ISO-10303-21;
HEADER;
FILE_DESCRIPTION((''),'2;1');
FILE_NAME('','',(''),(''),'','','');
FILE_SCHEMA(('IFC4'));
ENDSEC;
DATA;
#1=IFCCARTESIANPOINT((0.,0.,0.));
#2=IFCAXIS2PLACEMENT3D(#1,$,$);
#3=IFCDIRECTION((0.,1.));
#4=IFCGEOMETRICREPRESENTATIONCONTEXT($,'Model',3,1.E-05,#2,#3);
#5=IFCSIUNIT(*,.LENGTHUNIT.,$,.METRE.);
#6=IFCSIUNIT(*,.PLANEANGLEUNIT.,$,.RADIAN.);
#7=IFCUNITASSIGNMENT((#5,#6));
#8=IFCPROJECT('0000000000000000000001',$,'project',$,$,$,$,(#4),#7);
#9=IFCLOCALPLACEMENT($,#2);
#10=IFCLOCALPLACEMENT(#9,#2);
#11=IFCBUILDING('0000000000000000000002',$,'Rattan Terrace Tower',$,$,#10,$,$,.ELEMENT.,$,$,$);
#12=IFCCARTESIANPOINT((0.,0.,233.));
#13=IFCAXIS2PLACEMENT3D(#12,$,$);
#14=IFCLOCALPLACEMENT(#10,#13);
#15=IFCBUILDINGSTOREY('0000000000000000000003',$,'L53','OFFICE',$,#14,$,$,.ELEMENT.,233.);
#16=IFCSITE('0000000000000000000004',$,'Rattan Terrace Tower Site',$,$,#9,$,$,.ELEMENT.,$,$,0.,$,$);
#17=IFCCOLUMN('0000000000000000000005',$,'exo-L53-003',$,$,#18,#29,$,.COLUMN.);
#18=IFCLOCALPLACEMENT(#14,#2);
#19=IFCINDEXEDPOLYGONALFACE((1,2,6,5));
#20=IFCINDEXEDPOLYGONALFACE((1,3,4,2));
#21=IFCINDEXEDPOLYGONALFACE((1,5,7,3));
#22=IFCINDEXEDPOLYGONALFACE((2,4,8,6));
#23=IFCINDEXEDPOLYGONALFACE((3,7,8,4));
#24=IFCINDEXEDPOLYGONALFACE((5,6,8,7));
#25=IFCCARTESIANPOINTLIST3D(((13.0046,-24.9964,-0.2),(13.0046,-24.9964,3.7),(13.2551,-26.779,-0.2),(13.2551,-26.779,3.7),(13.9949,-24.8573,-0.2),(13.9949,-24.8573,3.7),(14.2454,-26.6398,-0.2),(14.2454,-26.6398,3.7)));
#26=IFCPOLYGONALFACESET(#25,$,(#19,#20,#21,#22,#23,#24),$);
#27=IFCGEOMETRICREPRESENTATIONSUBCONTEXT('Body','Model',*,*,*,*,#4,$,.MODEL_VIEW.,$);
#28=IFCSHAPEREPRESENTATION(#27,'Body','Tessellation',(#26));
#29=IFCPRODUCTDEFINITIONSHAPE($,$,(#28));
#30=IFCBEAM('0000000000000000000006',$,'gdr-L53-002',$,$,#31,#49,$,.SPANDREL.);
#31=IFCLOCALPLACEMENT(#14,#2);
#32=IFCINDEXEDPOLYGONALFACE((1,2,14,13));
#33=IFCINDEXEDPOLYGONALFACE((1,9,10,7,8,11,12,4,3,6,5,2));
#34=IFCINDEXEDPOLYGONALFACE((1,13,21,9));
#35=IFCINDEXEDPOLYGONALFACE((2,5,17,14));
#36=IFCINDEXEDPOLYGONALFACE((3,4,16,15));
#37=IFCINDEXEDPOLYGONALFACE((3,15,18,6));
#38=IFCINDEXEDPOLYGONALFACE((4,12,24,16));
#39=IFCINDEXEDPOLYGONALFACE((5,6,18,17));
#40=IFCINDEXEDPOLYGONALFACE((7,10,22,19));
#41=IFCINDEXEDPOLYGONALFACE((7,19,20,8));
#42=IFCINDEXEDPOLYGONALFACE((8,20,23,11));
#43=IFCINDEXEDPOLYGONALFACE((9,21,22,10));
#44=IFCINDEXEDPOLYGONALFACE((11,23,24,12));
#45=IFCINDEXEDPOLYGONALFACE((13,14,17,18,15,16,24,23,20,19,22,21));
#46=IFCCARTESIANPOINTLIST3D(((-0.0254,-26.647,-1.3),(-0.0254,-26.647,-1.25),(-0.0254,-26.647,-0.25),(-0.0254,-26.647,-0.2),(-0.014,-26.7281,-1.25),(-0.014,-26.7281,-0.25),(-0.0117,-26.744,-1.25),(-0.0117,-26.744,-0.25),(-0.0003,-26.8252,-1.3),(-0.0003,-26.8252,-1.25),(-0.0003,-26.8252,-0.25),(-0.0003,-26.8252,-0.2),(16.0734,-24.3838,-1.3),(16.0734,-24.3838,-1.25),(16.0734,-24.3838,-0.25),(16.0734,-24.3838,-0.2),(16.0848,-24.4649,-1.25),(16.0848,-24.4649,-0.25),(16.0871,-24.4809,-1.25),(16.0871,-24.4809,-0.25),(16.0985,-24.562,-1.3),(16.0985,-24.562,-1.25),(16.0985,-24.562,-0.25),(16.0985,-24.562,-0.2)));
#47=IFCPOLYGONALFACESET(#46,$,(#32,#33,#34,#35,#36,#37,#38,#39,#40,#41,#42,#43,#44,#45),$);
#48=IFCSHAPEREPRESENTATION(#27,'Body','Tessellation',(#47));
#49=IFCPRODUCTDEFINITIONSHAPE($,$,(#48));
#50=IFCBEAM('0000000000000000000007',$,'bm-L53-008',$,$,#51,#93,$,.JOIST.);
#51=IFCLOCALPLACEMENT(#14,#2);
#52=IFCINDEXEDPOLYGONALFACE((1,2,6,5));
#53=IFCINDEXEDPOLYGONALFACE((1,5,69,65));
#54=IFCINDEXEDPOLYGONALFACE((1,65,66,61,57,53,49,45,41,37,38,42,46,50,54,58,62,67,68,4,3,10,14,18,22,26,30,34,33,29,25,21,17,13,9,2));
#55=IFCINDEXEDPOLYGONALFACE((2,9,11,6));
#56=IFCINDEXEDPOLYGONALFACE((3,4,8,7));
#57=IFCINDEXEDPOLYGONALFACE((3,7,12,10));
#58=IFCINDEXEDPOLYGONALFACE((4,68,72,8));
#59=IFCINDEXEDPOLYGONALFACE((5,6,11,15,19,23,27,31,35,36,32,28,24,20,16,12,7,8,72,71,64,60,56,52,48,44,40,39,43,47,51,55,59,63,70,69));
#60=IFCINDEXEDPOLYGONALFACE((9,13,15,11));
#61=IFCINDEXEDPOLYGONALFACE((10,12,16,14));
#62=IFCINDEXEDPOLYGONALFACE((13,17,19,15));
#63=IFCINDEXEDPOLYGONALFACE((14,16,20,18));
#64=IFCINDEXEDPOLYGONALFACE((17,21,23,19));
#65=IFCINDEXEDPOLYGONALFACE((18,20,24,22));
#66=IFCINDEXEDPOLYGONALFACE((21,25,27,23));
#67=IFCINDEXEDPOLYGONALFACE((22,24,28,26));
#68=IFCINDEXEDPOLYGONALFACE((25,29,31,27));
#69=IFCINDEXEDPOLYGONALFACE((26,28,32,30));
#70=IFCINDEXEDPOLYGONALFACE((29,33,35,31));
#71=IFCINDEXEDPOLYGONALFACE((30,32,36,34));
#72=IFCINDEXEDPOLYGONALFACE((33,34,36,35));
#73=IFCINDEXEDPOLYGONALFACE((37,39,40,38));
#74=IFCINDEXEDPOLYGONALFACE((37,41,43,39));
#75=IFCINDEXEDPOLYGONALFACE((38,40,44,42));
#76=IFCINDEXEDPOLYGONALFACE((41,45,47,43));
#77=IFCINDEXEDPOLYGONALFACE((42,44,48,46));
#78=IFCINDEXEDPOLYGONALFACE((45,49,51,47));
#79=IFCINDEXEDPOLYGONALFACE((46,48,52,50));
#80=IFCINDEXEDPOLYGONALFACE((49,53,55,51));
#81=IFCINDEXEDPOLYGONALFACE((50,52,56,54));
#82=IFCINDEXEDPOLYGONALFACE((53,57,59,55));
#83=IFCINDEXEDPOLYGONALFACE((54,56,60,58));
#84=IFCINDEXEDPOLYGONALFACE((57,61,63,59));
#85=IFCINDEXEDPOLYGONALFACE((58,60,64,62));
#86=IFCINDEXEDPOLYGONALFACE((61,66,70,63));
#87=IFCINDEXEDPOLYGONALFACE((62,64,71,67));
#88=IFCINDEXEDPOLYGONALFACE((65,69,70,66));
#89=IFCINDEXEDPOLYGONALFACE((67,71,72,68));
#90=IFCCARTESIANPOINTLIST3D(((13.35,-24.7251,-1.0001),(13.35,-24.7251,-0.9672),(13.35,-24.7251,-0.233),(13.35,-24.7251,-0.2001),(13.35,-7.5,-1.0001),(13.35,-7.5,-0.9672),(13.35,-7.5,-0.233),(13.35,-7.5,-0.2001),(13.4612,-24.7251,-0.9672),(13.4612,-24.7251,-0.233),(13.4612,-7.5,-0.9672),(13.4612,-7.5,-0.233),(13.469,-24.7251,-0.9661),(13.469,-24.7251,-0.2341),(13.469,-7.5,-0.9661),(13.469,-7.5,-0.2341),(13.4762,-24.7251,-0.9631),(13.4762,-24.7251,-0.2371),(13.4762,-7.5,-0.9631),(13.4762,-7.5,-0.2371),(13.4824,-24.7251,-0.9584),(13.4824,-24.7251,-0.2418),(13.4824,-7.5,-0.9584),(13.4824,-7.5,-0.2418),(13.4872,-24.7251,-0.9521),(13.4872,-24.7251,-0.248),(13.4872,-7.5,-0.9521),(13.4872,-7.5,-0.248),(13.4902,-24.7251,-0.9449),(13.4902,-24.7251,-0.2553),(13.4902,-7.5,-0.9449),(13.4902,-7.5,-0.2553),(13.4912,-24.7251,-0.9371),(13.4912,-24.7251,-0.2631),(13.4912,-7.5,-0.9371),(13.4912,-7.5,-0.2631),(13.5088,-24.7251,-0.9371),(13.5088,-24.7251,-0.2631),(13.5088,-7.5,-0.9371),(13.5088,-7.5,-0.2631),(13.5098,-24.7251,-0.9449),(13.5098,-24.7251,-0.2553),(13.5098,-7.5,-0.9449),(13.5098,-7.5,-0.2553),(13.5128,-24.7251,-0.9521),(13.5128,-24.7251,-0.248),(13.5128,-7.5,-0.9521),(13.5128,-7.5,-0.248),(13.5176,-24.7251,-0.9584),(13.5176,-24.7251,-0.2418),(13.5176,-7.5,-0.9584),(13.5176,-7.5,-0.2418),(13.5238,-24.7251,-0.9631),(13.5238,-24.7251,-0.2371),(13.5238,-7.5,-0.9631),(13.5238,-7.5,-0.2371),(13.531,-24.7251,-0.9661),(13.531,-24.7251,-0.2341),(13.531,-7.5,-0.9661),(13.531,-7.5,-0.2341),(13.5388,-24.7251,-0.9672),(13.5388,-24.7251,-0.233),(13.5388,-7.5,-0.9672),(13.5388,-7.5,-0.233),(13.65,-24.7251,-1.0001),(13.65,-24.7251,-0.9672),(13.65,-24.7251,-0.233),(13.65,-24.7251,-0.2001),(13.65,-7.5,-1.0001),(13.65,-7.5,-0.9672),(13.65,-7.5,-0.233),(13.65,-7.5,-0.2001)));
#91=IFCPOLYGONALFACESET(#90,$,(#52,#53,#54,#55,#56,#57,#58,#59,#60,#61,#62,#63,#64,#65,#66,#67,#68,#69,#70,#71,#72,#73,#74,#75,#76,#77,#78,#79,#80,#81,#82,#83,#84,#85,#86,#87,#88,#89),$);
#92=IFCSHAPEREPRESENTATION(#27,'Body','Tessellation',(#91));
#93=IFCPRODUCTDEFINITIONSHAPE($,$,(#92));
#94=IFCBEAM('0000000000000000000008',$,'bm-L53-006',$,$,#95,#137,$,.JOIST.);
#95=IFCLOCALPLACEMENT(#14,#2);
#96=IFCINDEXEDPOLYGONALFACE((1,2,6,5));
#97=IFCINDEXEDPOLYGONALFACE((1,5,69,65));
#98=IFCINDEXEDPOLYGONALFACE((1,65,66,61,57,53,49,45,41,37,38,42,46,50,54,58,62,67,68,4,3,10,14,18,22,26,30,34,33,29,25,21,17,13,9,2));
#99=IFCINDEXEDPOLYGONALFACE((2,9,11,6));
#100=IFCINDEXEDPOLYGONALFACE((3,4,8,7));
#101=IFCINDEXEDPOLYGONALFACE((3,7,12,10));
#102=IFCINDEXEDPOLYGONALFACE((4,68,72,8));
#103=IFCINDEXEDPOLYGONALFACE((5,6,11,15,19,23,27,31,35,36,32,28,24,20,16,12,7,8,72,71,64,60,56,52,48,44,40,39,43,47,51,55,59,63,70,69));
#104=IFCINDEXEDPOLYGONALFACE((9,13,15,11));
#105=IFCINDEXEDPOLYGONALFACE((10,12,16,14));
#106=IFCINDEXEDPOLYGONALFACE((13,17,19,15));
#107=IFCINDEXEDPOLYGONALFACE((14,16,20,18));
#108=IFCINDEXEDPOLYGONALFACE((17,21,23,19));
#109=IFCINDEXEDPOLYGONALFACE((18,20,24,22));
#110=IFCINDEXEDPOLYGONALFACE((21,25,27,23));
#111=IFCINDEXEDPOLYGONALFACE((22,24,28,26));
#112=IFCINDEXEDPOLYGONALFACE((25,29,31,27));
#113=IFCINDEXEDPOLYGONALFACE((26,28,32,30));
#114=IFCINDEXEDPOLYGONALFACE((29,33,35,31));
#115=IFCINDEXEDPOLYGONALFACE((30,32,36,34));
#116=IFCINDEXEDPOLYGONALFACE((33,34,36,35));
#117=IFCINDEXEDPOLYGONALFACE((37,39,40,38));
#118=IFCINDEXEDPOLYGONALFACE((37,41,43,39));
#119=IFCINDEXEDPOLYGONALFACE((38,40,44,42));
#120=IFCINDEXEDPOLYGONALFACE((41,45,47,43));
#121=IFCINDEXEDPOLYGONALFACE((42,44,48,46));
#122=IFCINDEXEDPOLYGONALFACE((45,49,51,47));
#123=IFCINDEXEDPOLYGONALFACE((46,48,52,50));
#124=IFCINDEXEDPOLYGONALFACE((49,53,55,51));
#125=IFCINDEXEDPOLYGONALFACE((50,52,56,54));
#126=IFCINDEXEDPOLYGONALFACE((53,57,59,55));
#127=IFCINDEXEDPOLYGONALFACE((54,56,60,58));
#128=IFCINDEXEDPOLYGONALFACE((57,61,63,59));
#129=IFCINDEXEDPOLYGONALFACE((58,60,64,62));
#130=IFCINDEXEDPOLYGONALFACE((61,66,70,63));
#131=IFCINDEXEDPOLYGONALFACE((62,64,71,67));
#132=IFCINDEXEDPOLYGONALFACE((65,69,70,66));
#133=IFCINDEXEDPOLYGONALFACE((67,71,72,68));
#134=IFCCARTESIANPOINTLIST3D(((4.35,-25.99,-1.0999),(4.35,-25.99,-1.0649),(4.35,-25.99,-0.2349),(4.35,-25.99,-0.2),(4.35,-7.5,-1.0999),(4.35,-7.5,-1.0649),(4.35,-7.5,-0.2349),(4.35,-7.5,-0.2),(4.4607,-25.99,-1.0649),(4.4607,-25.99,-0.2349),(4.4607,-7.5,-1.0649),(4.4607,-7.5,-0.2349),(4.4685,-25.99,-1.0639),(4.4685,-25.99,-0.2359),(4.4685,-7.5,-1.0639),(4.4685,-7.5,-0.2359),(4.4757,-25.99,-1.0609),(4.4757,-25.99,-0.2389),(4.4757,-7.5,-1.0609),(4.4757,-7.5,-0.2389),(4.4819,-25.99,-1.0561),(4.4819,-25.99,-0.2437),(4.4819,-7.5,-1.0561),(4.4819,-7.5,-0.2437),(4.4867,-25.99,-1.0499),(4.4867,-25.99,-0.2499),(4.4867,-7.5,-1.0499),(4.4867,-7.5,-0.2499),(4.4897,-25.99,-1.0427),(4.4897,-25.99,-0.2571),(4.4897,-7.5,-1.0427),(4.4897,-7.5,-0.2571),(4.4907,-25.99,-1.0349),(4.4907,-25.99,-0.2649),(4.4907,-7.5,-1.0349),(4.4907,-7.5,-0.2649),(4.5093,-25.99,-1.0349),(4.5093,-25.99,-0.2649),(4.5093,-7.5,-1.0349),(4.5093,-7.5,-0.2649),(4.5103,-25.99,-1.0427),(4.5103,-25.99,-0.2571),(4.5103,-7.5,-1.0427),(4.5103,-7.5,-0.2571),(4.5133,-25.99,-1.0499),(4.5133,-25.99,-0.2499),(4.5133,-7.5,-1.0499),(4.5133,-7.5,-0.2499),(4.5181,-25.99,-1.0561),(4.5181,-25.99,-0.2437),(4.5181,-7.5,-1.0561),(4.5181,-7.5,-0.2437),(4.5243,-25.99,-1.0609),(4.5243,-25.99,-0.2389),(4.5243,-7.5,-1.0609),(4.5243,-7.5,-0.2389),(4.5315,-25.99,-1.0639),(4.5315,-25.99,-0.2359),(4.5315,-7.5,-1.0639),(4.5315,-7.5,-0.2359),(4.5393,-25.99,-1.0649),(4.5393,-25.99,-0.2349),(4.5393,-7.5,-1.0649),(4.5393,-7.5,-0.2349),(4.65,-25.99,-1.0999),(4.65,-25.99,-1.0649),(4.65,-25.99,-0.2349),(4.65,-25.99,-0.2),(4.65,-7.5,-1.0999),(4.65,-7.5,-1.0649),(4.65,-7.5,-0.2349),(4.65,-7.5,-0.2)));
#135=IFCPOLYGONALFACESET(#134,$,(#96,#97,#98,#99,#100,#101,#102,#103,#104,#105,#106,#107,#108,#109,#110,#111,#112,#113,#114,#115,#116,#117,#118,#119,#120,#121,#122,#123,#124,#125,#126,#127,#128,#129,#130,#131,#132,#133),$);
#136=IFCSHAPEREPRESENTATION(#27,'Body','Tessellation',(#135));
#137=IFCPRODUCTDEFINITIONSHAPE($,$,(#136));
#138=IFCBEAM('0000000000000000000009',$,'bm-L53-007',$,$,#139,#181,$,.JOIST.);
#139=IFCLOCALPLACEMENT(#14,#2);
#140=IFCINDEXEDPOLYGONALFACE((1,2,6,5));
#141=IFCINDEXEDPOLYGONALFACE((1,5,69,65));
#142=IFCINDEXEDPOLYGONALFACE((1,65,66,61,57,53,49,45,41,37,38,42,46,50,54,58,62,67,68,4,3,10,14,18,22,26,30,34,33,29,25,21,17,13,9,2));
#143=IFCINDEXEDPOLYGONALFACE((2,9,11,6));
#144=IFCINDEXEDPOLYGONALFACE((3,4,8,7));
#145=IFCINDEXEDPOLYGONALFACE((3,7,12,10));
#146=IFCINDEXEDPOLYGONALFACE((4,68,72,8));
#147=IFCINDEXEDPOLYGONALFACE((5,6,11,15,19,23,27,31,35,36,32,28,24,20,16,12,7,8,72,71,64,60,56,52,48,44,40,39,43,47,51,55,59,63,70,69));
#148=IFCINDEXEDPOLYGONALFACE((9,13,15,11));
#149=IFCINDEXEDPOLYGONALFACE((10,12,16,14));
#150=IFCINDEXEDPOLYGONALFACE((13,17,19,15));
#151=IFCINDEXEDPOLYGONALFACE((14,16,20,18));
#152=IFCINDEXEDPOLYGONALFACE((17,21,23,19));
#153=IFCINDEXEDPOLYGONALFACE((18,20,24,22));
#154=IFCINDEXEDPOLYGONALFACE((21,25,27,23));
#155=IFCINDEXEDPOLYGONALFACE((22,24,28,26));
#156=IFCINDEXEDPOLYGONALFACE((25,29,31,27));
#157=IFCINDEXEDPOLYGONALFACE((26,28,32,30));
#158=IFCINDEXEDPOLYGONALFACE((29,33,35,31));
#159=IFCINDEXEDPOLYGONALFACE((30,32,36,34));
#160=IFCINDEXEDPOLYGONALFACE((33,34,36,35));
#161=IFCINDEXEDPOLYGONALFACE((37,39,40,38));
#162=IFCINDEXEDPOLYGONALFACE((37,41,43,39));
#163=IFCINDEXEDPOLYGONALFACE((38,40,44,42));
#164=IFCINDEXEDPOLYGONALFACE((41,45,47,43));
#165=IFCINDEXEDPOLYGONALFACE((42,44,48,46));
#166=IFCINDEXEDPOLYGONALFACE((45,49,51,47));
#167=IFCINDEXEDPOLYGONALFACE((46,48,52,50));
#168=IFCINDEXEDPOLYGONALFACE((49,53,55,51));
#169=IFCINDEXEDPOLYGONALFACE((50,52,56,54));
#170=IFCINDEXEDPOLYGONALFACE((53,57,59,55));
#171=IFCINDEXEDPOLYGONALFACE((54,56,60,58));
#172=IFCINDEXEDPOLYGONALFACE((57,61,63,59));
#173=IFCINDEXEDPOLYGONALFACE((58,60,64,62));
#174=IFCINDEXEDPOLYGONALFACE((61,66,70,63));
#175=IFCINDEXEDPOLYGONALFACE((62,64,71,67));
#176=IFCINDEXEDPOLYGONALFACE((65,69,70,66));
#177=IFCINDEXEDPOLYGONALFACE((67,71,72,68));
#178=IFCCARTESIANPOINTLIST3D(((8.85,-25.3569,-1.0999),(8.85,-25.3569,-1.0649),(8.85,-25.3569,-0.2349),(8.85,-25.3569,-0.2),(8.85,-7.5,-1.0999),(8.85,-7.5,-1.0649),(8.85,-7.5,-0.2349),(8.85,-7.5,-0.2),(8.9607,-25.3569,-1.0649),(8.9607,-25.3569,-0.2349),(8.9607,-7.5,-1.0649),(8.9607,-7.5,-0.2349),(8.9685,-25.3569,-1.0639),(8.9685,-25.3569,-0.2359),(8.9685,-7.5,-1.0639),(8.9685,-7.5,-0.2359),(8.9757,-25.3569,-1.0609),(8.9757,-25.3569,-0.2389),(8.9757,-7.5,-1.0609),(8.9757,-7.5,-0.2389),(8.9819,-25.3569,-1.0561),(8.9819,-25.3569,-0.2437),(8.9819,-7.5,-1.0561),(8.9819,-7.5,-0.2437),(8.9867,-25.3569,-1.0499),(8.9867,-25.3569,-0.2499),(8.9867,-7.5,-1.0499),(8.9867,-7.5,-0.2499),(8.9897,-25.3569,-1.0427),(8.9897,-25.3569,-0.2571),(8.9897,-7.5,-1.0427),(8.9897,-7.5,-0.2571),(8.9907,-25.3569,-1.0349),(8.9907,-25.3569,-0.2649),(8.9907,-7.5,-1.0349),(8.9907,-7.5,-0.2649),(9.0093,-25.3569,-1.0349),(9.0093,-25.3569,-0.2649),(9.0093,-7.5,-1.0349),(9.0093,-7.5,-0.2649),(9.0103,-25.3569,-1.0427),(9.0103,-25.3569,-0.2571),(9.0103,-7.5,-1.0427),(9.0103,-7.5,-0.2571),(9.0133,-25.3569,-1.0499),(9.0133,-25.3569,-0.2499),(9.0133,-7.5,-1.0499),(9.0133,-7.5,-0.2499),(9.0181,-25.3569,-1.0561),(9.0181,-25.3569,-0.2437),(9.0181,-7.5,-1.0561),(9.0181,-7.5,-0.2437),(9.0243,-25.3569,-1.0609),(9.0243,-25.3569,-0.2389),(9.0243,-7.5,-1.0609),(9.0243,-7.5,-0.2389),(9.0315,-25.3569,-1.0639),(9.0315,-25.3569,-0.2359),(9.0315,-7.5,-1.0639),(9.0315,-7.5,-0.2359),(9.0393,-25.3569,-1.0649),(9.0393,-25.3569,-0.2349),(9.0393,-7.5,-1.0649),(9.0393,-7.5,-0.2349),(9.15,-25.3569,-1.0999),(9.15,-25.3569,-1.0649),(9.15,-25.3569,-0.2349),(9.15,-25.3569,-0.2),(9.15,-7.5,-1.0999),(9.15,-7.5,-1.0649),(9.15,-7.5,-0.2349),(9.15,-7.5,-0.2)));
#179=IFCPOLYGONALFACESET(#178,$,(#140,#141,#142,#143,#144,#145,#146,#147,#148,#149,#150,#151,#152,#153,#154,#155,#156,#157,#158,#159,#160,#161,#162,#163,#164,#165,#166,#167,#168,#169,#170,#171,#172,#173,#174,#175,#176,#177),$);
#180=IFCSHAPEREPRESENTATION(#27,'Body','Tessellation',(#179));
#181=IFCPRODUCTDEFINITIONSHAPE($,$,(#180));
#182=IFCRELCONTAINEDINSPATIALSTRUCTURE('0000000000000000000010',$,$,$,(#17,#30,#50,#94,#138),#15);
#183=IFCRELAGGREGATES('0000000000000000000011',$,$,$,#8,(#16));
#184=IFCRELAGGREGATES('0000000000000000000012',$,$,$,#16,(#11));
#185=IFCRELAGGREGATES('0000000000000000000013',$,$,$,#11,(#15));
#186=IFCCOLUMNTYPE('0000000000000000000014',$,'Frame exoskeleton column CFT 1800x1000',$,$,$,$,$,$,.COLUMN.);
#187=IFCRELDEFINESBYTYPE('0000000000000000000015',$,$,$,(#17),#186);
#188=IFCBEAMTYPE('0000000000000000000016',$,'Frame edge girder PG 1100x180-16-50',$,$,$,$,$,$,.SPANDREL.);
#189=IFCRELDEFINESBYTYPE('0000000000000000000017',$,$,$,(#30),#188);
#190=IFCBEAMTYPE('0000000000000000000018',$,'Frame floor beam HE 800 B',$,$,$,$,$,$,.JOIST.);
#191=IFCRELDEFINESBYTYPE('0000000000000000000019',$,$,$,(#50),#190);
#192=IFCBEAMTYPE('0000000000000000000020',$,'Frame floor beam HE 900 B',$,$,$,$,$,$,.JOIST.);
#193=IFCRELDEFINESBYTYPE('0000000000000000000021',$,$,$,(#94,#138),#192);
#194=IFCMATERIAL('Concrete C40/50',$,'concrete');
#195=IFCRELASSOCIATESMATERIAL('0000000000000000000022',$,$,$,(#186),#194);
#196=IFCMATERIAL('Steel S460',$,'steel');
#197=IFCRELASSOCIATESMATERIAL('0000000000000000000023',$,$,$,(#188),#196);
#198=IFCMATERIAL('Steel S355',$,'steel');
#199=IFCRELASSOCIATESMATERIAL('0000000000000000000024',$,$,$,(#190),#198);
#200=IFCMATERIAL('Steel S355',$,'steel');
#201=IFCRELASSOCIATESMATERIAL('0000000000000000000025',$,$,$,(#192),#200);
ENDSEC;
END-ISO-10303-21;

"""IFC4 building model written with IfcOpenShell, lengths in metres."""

from ifc_helpers import new_model, si_unit, direction, frame, origin, origin_2d, place, context, subcontext, project, spatial, rectangle, i_section, extrude, material, material_profile, profile_set, type_object, element, save


model = new_model("IFC4")

# Units and contexts
model_context = context("Model", 3, precision=1e-05, world=origin(), true_north=direction((0.0, 1.0)))
body_context = subcontext(model_context, "Body", "Model", "MODEL_VIEW")
ifc_project = project(units=[si_unit("LENGTHUNIT", "METRE"), si_unit("PLANEANGLEUNIT", "RADIAN")], contexts=[model_context])

# Site, building, storey
site_placement = place(None, origin())
site = spatial("IfcSite", under=ifc_project, at=site_placement, Name="Rattan Terrace Tower Site", CompositionType="ELEMENT", RefElevation=0.0)
building_placement = place(site_placement, origin())
building = spatial("IfcBuilding", under=site, at=building_placement, Name="Rattan Terrace Tower", CompositionType="ELEMENT")
storey_placement = place(building_placement, frame((0.0, 0.0, 233.0)))
storey = spatial("IfcBuildingStorey", under=building, at=storey_placement, Name="L53", Description="OFFICE", CompositionType="ELEMENT", Elevation=233.0)

# Column
ifc_material_1 = material(Name="Concrete C40/50", Category="concrete")
ifc_material_profile_1 = material_profile(ifc_material_1, rectangle(XDim=1.0, YDim=1.8, at=origin_2d()), Name="CFT 1800x1000")
ifc_profile_set_1 = profile_set([ifc_material_profile_1], Name="Concrete C40/50")
column_type = type_object("IfcColumnType", Name="Frame exoskeleton column CFT 1800x1000", PredefinedType="COLUMN", material=ifc_profile_set_1)
column_placement = place(storey_placement, frame((13.625, -25.8181, -0.2), z_axis=(0.0, 0.0, 1.0), x_axis=(0.990268, 0.139173, 0.0)))
element("IfcColumn", 1, at=column_placement, inside=storey, type_object=column_type, Name="exo-L53-003", PredefinedType="COLUMN", context=body_context, shape_type="SweptSolid", body=[
    extrude(rectangle(XDim=1.0, YDim=1.8, at=origin_2d()), origin(), (0.0, 0.0, 1.0), 3.8999),
])

# Beams
ifc_material_2 = material(Name="Steel S460", Category="steel")
ifc_material_profile_2 = material_profile(ifc_material_2, i_section(OverallWidth=0.1799, OverallDepth=1.1001, WebThickness=0.0161, FlangeThickness=0.05, at=origin_2d()), Name="PG 1100x180-16-50")
ifc_profile_set_2 = profile_set([ifc_material_profile_2], Name="Steel S460")
beam_type_1 = type_object("IfcBeamType", Name="Frame edge girder PG 1100x180-16-50", PredefinedType="SPANDREL", material=ifc_profile_set_2)
beam_1_placement = place(storey_placement, frame((16.0859, -24.4729, -0.75), z_axis=(-0.990263, -0.139211, 0.0), x_axis=(0.139211, -0.990263, 0.0)))
element("IfcBeam", 2, at=beam_1_placement, inside=storey, type_object=beam_type_1, Name="gdr-L53-002", PredefinedType="SPANDREL", context=body_context, shape_type="SweptSolid", body=[
    extrude(i_section(OverallWidth=0.1799, OverallDepth=1.1001, WebThickness=0.0161, FlangeThickness=0.05, at=origin_2d()), origin(), (0.0, 0.0, 1.0), 16.2571),
])
ifc_material_3 = material(Name="Steel S355", Category="steel")
ifc_material_profile_3 = material_profile(ifc_material_3, i_section(OverallWidth=0.3, OverallDepth=0.8, WebThickness=0.0176, FlangeThickness=0.033, FilletRadius=0.03, at=origin_2d()), Name="HE 800 B")
ifc_profile_set_3 = profile_set([ifc_material_profile_3], Name="Steel S355")
beam_type_2 = type_object("IfcBeamType", Name="Frame floor beam HE 800 B", PredefinedType="JOIST", material=ifc_profile_set_3)
beam_2_placement = place(storey_placement, frame((13.5, -24.7251, -0.6001), z_axis=(0.0, 1.0, 0.0), x_axis=(-1.0, 0.0, 0.0)))
element("IfcBeam", 3, at=beam_2_placement, inside=storey, type_object=beam_type_2, Name="bm-L53-008", PredefinedType="JOIST", context=body_context, shape_type="SweptSolid", body=[
    extrude(i_section(OverallWidth=0.3, OverallDepth=0.8, WebThickness=0.0176, FlangeThickness=0.033, FilletRadius=0.03, at=origin_2d()), origin(), (0.0, 0.0, 1.0), 17.2251),
])
ifc_material_4 = material(Name="Steel S355", Category="steel")
ifc_material_profile_4 = material_profile(ifc_material_4, i_section(OverallWidth=0.3, OverallDepth=0.8999, WebThickness=0.0186, FlangeThickness=0.0349, FilletRadius=0.03, at=origin_2d()), Name="HE 900 B")
ifc_profile_set_4 = profile_set([ifc_material_profile_4], Name="Steel S355")
beam_type_3 = type_object("IfcBeamType", Name="Frame floor beam HE 900 B", PredefinedType="JOIST", material=ifc_profile_set_4)
beam_3_placement = place(storey_placement, frame((4.5, -25.99, -0.6499), z_axis=(0.0, 1.0, 0.0), x_axis=(-1.0, 0.0, 0.0)))
element("IfcBeam", 4, at=beam_3_placement, inside=storey, type_object=beam_type_3, Name="bm-L53-006", PredefinedType="JOIST", context=body_context, shape_type="SweptSolid", body=[
    extrude(i_section(OverallWidth=0.3, OverallDepth=0.8999, WebThickness=0.0186, FlangeThickness=0.0349, FilletRadius=0.03, at=origin_2d()), origin(), (0.0, 0.0, 1.0), 18.49),
])
beam_4_placement = place(storey_placement, frame((9.0, -25.3569, -0.6499), z_axis=(0.0, 1.0, 0.0), x_axis=(-1.0, 0.0, 0.0)))
element("IfcBeam", 5, at=beam_4_placement, inside=storey, type_object=beam_type_3, Name="bm-L53-007", PredefinedType="JOIST", context=body_context, shape_type="SweptSolid", body=[
    extrude(i_section(OverallWidth=0.3, OverallDepth=0.8999, WebThickness=0.0186, FlangeThickness=0.0349, FilletRadius=0.03, at=origin_2d()), origin(), (0.0, 0.0, 1.0), 17.8569),
])

save(model, "model.ifc")
